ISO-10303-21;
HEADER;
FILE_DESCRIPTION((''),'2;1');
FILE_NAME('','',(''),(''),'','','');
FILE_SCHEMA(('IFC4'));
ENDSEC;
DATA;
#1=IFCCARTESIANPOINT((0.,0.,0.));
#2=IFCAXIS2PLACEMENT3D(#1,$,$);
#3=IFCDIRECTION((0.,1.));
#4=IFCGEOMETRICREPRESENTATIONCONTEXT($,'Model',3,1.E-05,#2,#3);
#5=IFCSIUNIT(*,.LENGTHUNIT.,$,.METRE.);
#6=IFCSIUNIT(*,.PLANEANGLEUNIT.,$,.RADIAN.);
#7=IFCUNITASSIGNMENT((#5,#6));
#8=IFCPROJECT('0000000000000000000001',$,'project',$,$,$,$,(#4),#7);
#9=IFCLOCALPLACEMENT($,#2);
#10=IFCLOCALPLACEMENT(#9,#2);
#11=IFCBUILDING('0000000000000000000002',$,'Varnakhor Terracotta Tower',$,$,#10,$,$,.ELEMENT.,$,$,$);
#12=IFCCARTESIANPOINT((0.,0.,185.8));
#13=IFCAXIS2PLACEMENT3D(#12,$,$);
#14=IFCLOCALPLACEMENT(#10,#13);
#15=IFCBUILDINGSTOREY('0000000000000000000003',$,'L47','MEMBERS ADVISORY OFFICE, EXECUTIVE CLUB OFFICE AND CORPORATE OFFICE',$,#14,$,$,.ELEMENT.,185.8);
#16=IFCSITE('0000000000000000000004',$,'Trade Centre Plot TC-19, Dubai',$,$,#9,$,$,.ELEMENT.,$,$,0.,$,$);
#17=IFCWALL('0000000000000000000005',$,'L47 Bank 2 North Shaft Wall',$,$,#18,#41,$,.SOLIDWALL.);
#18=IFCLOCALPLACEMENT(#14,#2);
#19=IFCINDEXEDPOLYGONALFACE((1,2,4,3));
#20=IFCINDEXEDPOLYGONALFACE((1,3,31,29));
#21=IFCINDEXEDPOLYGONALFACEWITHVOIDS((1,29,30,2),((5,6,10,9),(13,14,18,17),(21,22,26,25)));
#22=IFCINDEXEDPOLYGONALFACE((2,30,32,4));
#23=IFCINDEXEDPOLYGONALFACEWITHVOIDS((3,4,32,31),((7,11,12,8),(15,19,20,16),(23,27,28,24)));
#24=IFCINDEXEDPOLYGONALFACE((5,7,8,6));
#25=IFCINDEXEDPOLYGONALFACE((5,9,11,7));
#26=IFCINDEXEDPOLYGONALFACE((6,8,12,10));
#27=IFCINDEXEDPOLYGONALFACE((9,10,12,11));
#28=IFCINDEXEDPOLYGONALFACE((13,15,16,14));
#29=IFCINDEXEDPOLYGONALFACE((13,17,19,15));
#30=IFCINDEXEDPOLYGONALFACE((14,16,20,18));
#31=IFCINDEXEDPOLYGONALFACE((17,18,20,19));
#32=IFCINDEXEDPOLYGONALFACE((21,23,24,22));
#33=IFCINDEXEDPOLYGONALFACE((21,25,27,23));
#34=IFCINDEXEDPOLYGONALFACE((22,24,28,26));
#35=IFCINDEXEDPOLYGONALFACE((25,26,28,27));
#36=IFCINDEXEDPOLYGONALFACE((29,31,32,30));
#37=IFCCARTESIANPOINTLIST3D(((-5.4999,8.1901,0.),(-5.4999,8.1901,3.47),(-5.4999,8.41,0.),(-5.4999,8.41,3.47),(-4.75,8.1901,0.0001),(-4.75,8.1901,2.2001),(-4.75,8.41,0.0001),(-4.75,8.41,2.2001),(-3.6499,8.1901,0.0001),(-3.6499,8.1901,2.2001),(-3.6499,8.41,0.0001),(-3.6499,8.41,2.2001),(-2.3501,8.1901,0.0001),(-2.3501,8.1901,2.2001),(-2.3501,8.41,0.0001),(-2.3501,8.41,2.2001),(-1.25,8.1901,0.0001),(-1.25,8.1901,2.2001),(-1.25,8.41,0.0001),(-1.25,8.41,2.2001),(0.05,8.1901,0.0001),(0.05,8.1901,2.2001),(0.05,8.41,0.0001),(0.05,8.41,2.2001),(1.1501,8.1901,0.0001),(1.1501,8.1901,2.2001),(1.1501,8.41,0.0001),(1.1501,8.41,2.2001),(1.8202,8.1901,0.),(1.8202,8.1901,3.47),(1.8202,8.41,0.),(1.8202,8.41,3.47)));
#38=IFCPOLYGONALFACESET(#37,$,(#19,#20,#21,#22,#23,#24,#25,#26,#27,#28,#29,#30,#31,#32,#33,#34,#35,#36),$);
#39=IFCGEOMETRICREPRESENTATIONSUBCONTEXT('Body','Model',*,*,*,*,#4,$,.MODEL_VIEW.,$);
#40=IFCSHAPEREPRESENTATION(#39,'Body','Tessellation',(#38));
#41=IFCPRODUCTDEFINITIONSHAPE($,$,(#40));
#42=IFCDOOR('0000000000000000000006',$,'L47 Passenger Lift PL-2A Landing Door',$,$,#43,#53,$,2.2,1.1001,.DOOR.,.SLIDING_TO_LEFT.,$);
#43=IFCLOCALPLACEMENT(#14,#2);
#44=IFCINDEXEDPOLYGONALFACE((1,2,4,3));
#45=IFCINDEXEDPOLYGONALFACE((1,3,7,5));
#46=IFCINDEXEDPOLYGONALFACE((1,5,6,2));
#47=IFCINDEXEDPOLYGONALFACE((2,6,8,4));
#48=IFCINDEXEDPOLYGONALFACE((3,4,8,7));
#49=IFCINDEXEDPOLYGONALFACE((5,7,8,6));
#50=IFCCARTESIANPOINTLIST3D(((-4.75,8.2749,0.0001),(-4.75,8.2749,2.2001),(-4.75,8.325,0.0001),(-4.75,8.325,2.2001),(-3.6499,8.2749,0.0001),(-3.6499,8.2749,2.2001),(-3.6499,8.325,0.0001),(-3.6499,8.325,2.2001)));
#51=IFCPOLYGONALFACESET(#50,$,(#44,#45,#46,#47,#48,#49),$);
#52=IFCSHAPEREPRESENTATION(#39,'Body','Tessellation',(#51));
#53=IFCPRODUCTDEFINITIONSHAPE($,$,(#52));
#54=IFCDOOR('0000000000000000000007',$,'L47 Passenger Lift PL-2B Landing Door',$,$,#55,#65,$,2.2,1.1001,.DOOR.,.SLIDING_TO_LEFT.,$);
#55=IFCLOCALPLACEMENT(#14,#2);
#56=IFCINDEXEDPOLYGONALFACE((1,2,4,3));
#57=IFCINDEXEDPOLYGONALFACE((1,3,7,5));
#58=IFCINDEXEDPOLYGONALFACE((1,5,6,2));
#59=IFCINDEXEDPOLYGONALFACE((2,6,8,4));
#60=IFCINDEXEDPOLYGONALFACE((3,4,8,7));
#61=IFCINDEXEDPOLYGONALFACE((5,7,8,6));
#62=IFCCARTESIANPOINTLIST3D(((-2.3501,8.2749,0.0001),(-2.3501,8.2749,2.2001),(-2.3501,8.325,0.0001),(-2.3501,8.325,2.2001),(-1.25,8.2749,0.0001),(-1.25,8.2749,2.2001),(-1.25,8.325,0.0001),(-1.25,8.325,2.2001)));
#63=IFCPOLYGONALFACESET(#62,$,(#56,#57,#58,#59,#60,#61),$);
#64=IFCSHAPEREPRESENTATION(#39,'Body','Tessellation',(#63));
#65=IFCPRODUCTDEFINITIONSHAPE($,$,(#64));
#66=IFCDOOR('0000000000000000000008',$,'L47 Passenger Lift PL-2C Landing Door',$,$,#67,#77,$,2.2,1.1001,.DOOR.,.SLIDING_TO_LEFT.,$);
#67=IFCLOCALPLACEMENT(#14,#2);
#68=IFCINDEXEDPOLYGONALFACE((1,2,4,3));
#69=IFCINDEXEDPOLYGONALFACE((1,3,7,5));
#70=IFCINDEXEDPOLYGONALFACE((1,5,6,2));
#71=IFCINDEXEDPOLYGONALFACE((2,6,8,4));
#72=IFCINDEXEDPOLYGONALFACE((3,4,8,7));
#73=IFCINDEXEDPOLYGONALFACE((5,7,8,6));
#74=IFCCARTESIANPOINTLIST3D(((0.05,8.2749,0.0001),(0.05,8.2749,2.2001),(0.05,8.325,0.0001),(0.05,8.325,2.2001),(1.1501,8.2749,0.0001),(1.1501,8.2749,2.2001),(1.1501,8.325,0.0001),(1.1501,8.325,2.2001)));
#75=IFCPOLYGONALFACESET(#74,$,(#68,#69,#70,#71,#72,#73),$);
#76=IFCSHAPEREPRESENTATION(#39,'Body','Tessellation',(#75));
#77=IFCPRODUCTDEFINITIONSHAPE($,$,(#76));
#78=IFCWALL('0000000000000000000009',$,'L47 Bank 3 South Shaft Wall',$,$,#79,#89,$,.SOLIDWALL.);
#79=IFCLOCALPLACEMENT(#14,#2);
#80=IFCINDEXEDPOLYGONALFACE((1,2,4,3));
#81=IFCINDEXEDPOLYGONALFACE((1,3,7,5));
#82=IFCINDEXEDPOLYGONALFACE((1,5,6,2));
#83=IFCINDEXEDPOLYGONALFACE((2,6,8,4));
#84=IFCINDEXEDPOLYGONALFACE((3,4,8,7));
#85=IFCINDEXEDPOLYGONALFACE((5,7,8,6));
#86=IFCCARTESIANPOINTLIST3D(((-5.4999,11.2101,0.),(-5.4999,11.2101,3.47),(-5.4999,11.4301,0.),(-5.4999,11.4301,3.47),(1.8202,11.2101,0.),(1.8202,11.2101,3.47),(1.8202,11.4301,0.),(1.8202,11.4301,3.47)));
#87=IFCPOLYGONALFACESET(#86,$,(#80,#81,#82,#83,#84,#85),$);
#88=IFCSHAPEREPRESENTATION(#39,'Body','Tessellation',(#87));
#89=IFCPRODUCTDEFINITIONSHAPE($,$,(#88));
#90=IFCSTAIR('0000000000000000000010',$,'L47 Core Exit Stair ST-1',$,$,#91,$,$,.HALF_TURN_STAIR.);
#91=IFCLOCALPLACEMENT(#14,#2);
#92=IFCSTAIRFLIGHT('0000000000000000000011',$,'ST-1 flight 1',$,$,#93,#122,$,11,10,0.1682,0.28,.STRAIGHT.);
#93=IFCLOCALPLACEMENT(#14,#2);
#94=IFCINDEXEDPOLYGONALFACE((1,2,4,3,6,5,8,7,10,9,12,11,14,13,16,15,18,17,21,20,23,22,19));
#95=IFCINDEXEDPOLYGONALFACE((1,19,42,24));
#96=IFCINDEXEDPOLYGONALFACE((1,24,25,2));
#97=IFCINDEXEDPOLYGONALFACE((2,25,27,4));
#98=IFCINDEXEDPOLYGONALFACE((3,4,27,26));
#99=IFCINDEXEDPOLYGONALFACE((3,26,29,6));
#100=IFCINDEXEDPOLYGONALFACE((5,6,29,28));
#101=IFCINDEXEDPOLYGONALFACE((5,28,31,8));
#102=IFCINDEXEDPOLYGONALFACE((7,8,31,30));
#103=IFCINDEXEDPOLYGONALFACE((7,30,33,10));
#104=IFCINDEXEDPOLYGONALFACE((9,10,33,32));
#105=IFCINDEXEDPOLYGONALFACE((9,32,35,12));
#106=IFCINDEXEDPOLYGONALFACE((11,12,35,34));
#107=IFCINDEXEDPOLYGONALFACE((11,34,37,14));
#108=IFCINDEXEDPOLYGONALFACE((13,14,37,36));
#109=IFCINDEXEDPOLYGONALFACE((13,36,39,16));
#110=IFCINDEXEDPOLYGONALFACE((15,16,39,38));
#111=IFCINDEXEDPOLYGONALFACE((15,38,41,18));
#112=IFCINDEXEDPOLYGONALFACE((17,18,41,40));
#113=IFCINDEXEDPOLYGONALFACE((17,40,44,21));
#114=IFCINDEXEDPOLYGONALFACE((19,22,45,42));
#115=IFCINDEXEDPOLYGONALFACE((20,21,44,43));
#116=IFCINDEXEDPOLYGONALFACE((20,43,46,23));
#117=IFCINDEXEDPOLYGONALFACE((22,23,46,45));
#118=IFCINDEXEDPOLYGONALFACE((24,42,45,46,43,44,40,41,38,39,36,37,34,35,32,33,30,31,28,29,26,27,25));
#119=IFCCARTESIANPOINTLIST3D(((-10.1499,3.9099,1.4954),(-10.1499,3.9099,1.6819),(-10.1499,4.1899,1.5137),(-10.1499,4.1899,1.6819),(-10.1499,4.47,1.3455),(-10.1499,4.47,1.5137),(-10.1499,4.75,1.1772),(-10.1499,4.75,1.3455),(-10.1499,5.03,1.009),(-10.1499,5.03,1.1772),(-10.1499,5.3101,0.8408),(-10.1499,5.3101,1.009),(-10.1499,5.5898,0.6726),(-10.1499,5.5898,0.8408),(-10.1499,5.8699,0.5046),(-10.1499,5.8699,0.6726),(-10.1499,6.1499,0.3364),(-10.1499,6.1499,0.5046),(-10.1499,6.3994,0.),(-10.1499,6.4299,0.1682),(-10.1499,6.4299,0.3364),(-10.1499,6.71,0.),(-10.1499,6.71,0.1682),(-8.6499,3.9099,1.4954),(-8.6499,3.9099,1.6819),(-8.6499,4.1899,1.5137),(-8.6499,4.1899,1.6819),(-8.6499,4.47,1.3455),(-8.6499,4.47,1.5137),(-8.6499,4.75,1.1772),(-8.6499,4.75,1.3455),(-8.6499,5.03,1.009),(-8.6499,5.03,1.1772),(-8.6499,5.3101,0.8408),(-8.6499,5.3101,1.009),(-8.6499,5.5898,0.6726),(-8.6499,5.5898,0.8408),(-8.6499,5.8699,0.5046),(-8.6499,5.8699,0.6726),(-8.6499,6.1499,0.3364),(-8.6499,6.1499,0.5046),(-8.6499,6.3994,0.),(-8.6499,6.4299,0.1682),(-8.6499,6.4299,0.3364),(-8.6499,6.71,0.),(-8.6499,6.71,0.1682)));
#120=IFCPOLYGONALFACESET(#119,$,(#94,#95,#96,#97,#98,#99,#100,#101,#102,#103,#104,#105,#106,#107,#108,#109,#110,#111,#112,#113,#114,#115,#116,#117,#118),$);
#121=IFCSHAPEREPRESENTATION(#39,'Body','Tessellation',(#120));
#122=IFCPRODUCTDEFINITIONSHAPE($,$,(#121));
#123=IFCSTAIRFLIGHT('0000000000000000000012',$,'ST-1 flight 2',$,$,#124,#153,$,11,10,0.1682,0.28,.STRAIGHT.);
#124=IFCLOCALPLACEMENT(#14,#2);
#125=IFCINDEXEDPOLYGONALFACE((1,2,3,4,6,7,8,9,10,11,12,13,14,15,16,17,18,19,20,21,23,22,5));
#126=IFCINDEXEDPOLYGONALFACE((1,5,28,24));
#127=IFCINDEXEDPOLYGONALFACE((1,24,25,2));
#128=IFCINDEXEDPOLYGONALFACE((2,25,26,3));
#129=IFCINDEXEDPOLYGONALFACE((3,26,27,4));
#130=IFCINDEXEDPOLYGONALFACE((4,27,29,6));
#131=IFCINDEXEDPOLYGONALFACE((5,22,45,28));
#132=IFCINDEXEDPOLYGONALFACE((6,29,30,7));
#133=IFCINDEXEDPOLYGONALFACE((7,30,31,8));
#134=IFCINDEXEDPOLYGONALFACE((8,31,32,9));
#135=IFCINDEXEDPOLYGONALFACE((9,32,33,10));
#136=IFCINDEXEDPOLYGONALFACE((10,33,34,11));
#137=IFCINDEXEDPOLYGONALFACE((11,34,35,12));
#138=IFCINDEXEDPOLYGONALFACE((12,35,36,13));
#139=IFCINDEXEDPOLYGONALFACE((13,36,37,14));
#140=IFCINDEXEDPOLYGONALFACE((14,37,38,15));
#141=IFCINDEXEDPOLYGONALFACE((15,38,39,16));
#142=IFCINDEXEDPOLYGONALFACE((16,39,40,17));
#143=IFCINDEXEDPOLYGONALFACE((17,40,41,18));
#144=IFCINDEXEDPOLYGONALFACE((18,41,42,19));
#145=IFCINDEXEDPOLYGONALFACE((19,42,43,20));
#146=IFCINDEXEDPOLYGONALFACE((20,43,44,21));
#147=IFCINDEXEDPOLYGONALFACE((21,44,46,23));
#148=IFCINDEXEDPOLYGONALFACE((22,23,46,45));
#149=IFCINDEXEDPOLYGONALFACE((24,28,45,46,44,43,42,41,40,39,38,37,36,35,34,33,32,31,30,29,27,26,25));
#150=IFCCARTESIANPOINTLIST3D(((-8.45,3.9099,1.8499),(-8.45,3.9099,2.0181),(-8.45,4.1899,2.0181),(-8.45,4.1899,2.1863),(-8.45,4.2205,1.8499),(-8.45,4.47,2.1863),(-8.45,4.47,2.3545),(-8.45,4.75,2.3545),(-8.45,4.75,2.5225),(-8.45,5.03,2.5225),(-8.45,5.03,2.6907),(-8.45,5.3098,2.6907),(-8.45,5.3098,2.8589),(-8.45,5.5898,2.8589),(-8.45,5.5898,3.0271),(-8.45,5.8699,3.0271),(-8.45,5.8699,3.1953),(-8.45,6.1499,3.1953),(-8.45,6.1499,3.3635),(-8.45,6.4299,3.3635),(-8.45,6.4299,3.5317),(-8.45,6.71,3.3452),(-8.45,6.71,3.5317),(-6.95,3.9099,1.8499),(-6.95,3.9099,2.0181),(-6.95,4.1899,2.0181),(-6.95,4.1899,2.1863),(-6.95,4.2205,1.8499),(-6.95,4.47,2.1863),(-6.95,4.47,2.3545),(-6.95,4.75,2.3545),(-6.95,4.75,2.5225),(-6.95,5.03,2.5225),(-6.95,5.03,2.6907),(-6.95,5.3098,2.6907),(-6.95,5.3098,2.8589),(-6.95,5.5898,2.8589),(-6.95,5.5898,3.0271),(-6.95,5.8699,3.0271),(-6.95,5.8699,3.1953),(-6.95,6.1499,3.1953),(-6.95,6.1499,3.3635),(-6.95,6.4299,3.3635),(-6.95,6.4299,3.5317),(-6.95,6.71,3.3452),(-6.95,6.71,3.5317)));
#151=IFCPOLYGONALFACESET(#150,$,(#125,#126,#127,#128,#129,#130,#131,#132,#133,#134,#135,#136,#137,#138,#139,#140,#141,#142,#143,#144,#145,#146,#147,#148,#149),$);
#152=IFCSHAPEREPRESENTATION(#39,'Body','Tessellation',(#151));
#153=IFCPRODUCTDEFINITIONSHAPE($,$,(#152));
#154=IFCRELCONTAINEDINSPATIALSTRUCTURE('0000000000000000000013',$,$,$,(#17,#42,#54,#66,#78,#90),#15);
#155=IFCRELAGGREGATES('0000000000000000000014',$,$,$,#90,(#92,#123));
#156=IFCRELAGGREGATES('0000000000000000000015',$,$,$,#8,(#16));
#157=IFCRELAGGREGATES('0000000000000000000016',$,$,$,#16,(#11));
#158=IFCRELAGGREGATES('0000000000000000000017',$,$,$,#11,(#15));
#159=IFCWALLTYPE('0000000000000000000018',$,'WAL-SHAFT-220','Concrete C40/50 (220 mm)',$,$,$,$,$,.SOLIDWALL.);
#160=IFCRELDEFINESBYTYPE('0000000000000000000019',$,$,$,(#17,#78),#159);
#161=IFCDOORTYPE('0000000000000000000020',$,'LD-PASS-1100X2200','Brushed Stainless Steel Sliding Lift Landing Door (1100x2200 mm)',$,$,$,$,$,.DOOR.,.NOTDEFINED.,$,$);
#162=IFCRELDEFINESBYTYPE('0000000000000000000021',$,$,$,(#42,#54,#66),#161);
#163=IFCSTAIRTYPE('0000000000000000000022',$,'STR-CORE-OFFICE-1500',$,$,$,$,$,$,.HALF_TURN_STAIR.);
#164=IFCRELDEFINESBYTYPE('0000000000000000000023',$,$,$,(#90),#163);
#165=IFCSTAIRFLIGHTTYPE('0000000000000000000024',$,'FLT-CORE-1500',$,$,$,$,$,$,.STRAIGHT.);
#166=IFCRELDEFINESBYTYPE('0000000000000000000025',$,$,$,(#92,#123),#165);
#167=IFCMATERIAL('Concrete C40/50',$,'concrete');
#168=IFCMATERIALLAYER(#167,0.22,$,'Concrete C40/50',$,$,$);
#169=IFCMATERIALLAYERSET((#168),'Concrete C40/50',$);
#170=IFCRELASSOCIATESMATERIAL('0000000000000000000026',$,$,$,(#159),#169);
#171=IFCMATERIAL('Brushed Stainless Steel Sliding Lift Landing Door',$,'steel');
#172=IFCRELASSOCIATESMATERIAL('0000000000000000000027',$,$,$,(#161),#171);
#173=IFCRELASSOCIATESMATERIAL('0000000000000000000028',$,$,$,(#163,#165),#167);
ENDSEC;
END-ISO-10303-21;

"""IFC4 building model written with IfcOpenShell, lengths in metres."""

from ifc_helpers import new_model, si_unit, direction, frame, frame_2d, origin, place, context, subcontext, project, spatial, polyline, rectangle, outline, extrude, source, transform, mapped, material, layer, layer_set, type_object, type_shapes, element, fill, aggregate, save


model = new_model("IFC4")

# Units and contexts
model_context = context("Model", 3, precision=1e-05, world=origin(), true_north=direction((0.0, 1.0)))
body_context = subcontext(model_context, "Body", "Model", "MODEL_VIEW")
ifc_project = project(units=[si_unit("LENGTHUNIT", "METRE"), si_unit("PLANEANGLEUNIT", "RADIAN")], contexts=[model_context])

# Site, building, storey
site_placement = place(None, origin())
site = spatial("IfcSite", under=ifc_project, at=site_placement, Name="Trade Centre Plot TC-19, Dubai", CompositionType="ELEMENT", RefElevation=0.0)
building_placement = place(site_placement, origin())
building = spatial("IfcBuilding", under=site, at=building_placement, Name="Varnakhor Terracotta Tower", CompositionType="ELEMENT")
storey_placement = place(building_placement, frame((0.0, 0.0, 185.8)))
storey = spatial("IfcBuildingStorey", under=building, at=storey_placement, Name="L47", Description="MEMBERS ADVISORY OFFICE, EXECUTIVE CLUB OFFICE AND CORPORATE OFFICE", CompositionType="ELEMENT", Elevation=185.8)

# Shared definitions
ifc_material_1 = material(Name="Concrete C40/50", Category="concrete")

# Shared definitions
ifc_layer_1 = layer(ifc_material_1, 0.22, Name="Concrete C40/50")
ifc_layer_set_1 = layer_set([ifc_layer_1], Name="Concrete C40/50")
wall_type_1 = type_object("IfcWallType", Name="WAL-SHAFT-220", Description="Concrete C40/50 (220 mm)", PredefinedType="SOLIDWALL", material=ifc_layer_set_1)

# Wall, openings, doors
wall_1_placement = place(storey_placement, frame((-5.5, 8.3, 0.0), z_axis=(0.0, 0.0, 1.0), x_axis=(1.0, 0.0, 0.0)))
wall_1 = element("IfcWall", 1, at=wall_1_placement, inside=storey, type_object=wall_type_1, Name="L47 Bank 2 North Shaft Wall", PredefinedType="SOLIDWALL", context=body_context, shape_type="SweptSolid", body=[
    extrude(rectangle(XDim=7.3201, YDim=0.22, at=frame_2d((3.6602, 0.0))), origin(), (0.0, 0.0, 1.0), 3.47),
])
opening_1_placement = place(wall_1_placement, frame((0.75, 0.0, 0.0)))
opening_1 = element("IfcOpeningElement", 2, at=opening_1_placement, cuts=wall_1, PredefinedType="OPENING", context=body_context, shape_type="SweptSolid", body=[
    extrude(rectangle(XDim=1.1001, YDim=2.2, at=frame_2d((0.55, 1.1001))), frame((0.0, 0.1201, 0.0), z_axis=(0.0, -1.0, 0.0), x_axis=(1.0, 0.0, 0.0)), (0.0, 0.0, 1.0), 0.24),
])
opening_2_placement = place(wall_1_placement, frame((3.1499, 0.0, 0.0)))
opening_2 = element("IfcOpeningElement", 3, at=opening_2_placement, cuts=wall_1, PredefinedType="OPENING", context=body_context, shape_type="SweptSolid", body=[
    extrude(rectangle(XDim=1.1001, YDim=2.2, at=frame_2d((0.55, 1.1001))), frame((0.0, 0.1201, 0.0), z_axis=(0.0, -1.0, 0.0), x_axis=(1.0, 0.0, 0.0)), (0.0, 0.0, 1.0), 0.24),
])
opening_3_placement = place(wall_1_placement, frame((5.55, 0.0, 0.0)))
opening_3 = element("IfcOpeningElement", 4, at=opening_3_placement, cuts=wall_1, PredefinedType="OPENING", context=body_context, shape_type="SweptSolid", body=[
    extrude(rectangle(XDim=1.1001, YDim=2.2, at=frame_2d((0.55, 1.1001))), frame((0.0, 0.1201, 0.0), z_axis=(0.0, -1.0, 0.0), x_axis=(1.0, 0.0, 0.0)), (0.0, 0.0, 1.0), 0.24),
])
ifc_material_2 = material(Name="Brushed Stainless Steel Sliding Lift Landing Door", Category="steel")
door_type_1 = type_object("IfcDoorType", Name="LD-PASS-1100X2200", Description="Brushed Stainless Steel Sliding Lift Landing Door (1100x2200 mm)", OperationType="NOTDEFINED", PredefinedType="DOOR", material=ifc_material_2)
shared_shape_1 = source(origin(), body_context, "Body", "SweptSolid", [
    extrude(rectangle(XDim=1.1001, YDim=2.2, at=frame_2d((0.55, 1.1001))), frame((0.0, 0.0249, 0.0), z_axis=(0.0, -1.0, 0.0), x_axis=(1.0, 0.0, 0.0)), (0.0, 0.0, 1.0), 0.05),
])
type_shapes(door_type_1, [shared_shape_1])
door_1_placement = place(opening_1_placement, origin())
door_1 = element("IfcDoor", 5, at=door_1_placement, inside=storey, type_object=door_type_1, Name="L47 Passenger Lift PL-2A Landing Door", OperationType="SLIDING_TO_LEFT", OverallHeight=2.2, OverallWidth=1.1001, PredefinedType="DOOR", context=body_context, shape_type="MappedRepresentation", body=[
    mapped(shared_shape_1, transform((0.0, 0.0, 0.0), scale=1.0)),
])
fill(opening_1, door_1)
door_2_placement = place(opening_2_placement, origin())
door_2 = element("IfcDoor", 6, at=door_2_placement, inside=storey, type_object=door_type_1, Name="L47 Passenger Lift PL-2B Landing Door", OperationType="SLIDING_TO_LEFT", OverallHeight=2.2, OverallWidth=1.1001, PredefinedType="DOOR", context=body_context, shape_type="MappedRepresentation", body=[
    mapped(shared_shape_1, transform((0.0, 0.0, 0.0), scale=1.0)),
])
fill(opening_2, door_2)
door_3_placement = place(opening_3_placement, origin())
door_3 = element("IfcDoor", 7, at=door_3_placement, inside=storey, type_object=door_type_1, Name="L47 Passenger Lift PL-2C Landing Door", OperationType="SLIDING_TO_LEFT", OverallHeight=2.2, OverallWidth=1.1001, PredefinedType="DOOR", context=body_context, shape_type="MappedRepresentation", body=[
    mapped(shared_shape_1, transform((0.0, 0.0, 0.0), scale=1.0)),
])
fill(opening_3, door_3)

# Wall
wall_2_placement = place(storey_placement, frame((-5.5, 11.3201, 0.0), z_axis=(0.0, 0.0, 1.0), x_axis=(1.0, 0.0, 0.0)))
element("IfcWall", 8, at=wall_2_placement, inside=storey, type_object=wall_type_1, Name="L47 Bank 3 South Shaft Wall", PredefinedType="SOLIDWALL", context=body_context, shape_type="SweptSolid", body=[
    extrude(rectangle(XDim=7.3201, YDim=0.22, at=frame_2d((3.6602, 0.0))), origin(), (0.0, 0.0, 1.0), 3.47),
])

# Stair, stair flights
stair_type = type_object("IfcStairType", Name="STR-CORE-OFFICE-1500", PredefinedType="HALF_TURN_STAIR", material=ifc_material_1)
stair_placement = place(storey_placement, origin())
stair = element("IfcStair", 9, at=stair_placement, inside=storey, type_object=stair_type, Name="L47 Core Exit Stair ST-1", PredefinedType="HALF_TURN_STAIR")
stair_flight_type = type_object("IfcStairFlightType", Name="FLT-CORE-1500", PredefinedType="STRAIGHT", material=ifc_material_1)
stair_flight_1_placement = place(storey_placement, frame((-9.3999, 6.71, 0.0), z_axis=(0.0, 0.0, 1.0), x_axis=(0.0, -1.0, 0.0)))
stair_flight_1 = element("IfcStairFlight", 10, at=stair_flight_1_placement, type_object=stair_flight_type, Name="ST-1 flight 1", NumberOfRisers=11, NumberOfTreads=10, PredefinedType="STRAIGHT", RiserHeight=0.1682, TreadLength=0.28, context=body_context, shape_type="SweptSolid", body=[
    extrude(outline(polyline([(0.0, 0.0), (0.0, 0.1682), (0.28, 0.1682), (0.28, 0.3364), (0.5601, 0.3364), (0.5601, 0.5046), (0.8401, 0.5046), (0.8401, 0.6726), (1.1201, 0.6726), (1.1201, 0.8408), (1.3999, 0.8408), (1.3999, 1.009), (1.6799, 1.009), (1.6799, 1.1772), (1.96, 1.1772), (1.96, 1.3455), (2.24, 1.3455), (2.24, 1.5137), (2.52, 1.5137), (2.52, 1.6819), (2.8, 1.6819), (2.8, 1.8501), (2.8, 1.4954), (0.3105, 0.0), (0.0, 0.0)])), frame((0.0, 0.75, 0.0), z_axis=(0.0, -1.0, 0.0), x_axis=(1.0, 0.0, 0.0)), (0.0, 0.0, 1.0), 1.5),
])
stair_flight_2_placement = place(storey_placement, frame((-7.7, 3.9099, 1.8499), z_axis=(0.0, 0.0, 1.0), x_axis=(0.0, 1.0, 0.0)))
stair_flight_2 = element("IfcStairFlight", 11, at=stair_flight_2_placement, type_object=stair_flight_type, Name="ST-1 flight 2", NumberOfRisers=11, NumberOfTreads=10, PredefinedType="STRAIGHT", RiserHeight=0.1682, TreadLength=0.28, context=body_context, shape_type="SweptSolid", body=[
    extrude(outline(polyline([(0.0, 0.0), (0.0, 0.1682), (0.28, 0.1682), (0.28, 0.3364), (0.5601, 0.3364), (0.5601, 0.5046), (0.8401, 0.5046), (0.8401, 0.6726), (1.1201, 0.6726), (1.1201, 0.8408), (1.3999, 0.8408), (1.3999, 1.009), (1.6799, 1.009), (1.6799, 1.1772), (1.96, 1.1772), (1.96, 1.3455), (2.24, 1.3455), (2.24, 1.5137), (2.52, 1.5137), (2.52, 1.6819), (2.8, 1.6819), (2.8, 1.8501), (2.8, 1.4954), (0.3105, 0.0), (0.0, 0.0)])), frame((0.0, 0.75, 0.0), z_axis=(0.0, -1.0, 0.0), x_axis=(1.0, 0.0, 0.0)), (0.0, 0.0, 1.0), 1.5),
])
aggregate(stair, [stair_flight_1, stair_flight_2])

save(model, "model.ifc")
